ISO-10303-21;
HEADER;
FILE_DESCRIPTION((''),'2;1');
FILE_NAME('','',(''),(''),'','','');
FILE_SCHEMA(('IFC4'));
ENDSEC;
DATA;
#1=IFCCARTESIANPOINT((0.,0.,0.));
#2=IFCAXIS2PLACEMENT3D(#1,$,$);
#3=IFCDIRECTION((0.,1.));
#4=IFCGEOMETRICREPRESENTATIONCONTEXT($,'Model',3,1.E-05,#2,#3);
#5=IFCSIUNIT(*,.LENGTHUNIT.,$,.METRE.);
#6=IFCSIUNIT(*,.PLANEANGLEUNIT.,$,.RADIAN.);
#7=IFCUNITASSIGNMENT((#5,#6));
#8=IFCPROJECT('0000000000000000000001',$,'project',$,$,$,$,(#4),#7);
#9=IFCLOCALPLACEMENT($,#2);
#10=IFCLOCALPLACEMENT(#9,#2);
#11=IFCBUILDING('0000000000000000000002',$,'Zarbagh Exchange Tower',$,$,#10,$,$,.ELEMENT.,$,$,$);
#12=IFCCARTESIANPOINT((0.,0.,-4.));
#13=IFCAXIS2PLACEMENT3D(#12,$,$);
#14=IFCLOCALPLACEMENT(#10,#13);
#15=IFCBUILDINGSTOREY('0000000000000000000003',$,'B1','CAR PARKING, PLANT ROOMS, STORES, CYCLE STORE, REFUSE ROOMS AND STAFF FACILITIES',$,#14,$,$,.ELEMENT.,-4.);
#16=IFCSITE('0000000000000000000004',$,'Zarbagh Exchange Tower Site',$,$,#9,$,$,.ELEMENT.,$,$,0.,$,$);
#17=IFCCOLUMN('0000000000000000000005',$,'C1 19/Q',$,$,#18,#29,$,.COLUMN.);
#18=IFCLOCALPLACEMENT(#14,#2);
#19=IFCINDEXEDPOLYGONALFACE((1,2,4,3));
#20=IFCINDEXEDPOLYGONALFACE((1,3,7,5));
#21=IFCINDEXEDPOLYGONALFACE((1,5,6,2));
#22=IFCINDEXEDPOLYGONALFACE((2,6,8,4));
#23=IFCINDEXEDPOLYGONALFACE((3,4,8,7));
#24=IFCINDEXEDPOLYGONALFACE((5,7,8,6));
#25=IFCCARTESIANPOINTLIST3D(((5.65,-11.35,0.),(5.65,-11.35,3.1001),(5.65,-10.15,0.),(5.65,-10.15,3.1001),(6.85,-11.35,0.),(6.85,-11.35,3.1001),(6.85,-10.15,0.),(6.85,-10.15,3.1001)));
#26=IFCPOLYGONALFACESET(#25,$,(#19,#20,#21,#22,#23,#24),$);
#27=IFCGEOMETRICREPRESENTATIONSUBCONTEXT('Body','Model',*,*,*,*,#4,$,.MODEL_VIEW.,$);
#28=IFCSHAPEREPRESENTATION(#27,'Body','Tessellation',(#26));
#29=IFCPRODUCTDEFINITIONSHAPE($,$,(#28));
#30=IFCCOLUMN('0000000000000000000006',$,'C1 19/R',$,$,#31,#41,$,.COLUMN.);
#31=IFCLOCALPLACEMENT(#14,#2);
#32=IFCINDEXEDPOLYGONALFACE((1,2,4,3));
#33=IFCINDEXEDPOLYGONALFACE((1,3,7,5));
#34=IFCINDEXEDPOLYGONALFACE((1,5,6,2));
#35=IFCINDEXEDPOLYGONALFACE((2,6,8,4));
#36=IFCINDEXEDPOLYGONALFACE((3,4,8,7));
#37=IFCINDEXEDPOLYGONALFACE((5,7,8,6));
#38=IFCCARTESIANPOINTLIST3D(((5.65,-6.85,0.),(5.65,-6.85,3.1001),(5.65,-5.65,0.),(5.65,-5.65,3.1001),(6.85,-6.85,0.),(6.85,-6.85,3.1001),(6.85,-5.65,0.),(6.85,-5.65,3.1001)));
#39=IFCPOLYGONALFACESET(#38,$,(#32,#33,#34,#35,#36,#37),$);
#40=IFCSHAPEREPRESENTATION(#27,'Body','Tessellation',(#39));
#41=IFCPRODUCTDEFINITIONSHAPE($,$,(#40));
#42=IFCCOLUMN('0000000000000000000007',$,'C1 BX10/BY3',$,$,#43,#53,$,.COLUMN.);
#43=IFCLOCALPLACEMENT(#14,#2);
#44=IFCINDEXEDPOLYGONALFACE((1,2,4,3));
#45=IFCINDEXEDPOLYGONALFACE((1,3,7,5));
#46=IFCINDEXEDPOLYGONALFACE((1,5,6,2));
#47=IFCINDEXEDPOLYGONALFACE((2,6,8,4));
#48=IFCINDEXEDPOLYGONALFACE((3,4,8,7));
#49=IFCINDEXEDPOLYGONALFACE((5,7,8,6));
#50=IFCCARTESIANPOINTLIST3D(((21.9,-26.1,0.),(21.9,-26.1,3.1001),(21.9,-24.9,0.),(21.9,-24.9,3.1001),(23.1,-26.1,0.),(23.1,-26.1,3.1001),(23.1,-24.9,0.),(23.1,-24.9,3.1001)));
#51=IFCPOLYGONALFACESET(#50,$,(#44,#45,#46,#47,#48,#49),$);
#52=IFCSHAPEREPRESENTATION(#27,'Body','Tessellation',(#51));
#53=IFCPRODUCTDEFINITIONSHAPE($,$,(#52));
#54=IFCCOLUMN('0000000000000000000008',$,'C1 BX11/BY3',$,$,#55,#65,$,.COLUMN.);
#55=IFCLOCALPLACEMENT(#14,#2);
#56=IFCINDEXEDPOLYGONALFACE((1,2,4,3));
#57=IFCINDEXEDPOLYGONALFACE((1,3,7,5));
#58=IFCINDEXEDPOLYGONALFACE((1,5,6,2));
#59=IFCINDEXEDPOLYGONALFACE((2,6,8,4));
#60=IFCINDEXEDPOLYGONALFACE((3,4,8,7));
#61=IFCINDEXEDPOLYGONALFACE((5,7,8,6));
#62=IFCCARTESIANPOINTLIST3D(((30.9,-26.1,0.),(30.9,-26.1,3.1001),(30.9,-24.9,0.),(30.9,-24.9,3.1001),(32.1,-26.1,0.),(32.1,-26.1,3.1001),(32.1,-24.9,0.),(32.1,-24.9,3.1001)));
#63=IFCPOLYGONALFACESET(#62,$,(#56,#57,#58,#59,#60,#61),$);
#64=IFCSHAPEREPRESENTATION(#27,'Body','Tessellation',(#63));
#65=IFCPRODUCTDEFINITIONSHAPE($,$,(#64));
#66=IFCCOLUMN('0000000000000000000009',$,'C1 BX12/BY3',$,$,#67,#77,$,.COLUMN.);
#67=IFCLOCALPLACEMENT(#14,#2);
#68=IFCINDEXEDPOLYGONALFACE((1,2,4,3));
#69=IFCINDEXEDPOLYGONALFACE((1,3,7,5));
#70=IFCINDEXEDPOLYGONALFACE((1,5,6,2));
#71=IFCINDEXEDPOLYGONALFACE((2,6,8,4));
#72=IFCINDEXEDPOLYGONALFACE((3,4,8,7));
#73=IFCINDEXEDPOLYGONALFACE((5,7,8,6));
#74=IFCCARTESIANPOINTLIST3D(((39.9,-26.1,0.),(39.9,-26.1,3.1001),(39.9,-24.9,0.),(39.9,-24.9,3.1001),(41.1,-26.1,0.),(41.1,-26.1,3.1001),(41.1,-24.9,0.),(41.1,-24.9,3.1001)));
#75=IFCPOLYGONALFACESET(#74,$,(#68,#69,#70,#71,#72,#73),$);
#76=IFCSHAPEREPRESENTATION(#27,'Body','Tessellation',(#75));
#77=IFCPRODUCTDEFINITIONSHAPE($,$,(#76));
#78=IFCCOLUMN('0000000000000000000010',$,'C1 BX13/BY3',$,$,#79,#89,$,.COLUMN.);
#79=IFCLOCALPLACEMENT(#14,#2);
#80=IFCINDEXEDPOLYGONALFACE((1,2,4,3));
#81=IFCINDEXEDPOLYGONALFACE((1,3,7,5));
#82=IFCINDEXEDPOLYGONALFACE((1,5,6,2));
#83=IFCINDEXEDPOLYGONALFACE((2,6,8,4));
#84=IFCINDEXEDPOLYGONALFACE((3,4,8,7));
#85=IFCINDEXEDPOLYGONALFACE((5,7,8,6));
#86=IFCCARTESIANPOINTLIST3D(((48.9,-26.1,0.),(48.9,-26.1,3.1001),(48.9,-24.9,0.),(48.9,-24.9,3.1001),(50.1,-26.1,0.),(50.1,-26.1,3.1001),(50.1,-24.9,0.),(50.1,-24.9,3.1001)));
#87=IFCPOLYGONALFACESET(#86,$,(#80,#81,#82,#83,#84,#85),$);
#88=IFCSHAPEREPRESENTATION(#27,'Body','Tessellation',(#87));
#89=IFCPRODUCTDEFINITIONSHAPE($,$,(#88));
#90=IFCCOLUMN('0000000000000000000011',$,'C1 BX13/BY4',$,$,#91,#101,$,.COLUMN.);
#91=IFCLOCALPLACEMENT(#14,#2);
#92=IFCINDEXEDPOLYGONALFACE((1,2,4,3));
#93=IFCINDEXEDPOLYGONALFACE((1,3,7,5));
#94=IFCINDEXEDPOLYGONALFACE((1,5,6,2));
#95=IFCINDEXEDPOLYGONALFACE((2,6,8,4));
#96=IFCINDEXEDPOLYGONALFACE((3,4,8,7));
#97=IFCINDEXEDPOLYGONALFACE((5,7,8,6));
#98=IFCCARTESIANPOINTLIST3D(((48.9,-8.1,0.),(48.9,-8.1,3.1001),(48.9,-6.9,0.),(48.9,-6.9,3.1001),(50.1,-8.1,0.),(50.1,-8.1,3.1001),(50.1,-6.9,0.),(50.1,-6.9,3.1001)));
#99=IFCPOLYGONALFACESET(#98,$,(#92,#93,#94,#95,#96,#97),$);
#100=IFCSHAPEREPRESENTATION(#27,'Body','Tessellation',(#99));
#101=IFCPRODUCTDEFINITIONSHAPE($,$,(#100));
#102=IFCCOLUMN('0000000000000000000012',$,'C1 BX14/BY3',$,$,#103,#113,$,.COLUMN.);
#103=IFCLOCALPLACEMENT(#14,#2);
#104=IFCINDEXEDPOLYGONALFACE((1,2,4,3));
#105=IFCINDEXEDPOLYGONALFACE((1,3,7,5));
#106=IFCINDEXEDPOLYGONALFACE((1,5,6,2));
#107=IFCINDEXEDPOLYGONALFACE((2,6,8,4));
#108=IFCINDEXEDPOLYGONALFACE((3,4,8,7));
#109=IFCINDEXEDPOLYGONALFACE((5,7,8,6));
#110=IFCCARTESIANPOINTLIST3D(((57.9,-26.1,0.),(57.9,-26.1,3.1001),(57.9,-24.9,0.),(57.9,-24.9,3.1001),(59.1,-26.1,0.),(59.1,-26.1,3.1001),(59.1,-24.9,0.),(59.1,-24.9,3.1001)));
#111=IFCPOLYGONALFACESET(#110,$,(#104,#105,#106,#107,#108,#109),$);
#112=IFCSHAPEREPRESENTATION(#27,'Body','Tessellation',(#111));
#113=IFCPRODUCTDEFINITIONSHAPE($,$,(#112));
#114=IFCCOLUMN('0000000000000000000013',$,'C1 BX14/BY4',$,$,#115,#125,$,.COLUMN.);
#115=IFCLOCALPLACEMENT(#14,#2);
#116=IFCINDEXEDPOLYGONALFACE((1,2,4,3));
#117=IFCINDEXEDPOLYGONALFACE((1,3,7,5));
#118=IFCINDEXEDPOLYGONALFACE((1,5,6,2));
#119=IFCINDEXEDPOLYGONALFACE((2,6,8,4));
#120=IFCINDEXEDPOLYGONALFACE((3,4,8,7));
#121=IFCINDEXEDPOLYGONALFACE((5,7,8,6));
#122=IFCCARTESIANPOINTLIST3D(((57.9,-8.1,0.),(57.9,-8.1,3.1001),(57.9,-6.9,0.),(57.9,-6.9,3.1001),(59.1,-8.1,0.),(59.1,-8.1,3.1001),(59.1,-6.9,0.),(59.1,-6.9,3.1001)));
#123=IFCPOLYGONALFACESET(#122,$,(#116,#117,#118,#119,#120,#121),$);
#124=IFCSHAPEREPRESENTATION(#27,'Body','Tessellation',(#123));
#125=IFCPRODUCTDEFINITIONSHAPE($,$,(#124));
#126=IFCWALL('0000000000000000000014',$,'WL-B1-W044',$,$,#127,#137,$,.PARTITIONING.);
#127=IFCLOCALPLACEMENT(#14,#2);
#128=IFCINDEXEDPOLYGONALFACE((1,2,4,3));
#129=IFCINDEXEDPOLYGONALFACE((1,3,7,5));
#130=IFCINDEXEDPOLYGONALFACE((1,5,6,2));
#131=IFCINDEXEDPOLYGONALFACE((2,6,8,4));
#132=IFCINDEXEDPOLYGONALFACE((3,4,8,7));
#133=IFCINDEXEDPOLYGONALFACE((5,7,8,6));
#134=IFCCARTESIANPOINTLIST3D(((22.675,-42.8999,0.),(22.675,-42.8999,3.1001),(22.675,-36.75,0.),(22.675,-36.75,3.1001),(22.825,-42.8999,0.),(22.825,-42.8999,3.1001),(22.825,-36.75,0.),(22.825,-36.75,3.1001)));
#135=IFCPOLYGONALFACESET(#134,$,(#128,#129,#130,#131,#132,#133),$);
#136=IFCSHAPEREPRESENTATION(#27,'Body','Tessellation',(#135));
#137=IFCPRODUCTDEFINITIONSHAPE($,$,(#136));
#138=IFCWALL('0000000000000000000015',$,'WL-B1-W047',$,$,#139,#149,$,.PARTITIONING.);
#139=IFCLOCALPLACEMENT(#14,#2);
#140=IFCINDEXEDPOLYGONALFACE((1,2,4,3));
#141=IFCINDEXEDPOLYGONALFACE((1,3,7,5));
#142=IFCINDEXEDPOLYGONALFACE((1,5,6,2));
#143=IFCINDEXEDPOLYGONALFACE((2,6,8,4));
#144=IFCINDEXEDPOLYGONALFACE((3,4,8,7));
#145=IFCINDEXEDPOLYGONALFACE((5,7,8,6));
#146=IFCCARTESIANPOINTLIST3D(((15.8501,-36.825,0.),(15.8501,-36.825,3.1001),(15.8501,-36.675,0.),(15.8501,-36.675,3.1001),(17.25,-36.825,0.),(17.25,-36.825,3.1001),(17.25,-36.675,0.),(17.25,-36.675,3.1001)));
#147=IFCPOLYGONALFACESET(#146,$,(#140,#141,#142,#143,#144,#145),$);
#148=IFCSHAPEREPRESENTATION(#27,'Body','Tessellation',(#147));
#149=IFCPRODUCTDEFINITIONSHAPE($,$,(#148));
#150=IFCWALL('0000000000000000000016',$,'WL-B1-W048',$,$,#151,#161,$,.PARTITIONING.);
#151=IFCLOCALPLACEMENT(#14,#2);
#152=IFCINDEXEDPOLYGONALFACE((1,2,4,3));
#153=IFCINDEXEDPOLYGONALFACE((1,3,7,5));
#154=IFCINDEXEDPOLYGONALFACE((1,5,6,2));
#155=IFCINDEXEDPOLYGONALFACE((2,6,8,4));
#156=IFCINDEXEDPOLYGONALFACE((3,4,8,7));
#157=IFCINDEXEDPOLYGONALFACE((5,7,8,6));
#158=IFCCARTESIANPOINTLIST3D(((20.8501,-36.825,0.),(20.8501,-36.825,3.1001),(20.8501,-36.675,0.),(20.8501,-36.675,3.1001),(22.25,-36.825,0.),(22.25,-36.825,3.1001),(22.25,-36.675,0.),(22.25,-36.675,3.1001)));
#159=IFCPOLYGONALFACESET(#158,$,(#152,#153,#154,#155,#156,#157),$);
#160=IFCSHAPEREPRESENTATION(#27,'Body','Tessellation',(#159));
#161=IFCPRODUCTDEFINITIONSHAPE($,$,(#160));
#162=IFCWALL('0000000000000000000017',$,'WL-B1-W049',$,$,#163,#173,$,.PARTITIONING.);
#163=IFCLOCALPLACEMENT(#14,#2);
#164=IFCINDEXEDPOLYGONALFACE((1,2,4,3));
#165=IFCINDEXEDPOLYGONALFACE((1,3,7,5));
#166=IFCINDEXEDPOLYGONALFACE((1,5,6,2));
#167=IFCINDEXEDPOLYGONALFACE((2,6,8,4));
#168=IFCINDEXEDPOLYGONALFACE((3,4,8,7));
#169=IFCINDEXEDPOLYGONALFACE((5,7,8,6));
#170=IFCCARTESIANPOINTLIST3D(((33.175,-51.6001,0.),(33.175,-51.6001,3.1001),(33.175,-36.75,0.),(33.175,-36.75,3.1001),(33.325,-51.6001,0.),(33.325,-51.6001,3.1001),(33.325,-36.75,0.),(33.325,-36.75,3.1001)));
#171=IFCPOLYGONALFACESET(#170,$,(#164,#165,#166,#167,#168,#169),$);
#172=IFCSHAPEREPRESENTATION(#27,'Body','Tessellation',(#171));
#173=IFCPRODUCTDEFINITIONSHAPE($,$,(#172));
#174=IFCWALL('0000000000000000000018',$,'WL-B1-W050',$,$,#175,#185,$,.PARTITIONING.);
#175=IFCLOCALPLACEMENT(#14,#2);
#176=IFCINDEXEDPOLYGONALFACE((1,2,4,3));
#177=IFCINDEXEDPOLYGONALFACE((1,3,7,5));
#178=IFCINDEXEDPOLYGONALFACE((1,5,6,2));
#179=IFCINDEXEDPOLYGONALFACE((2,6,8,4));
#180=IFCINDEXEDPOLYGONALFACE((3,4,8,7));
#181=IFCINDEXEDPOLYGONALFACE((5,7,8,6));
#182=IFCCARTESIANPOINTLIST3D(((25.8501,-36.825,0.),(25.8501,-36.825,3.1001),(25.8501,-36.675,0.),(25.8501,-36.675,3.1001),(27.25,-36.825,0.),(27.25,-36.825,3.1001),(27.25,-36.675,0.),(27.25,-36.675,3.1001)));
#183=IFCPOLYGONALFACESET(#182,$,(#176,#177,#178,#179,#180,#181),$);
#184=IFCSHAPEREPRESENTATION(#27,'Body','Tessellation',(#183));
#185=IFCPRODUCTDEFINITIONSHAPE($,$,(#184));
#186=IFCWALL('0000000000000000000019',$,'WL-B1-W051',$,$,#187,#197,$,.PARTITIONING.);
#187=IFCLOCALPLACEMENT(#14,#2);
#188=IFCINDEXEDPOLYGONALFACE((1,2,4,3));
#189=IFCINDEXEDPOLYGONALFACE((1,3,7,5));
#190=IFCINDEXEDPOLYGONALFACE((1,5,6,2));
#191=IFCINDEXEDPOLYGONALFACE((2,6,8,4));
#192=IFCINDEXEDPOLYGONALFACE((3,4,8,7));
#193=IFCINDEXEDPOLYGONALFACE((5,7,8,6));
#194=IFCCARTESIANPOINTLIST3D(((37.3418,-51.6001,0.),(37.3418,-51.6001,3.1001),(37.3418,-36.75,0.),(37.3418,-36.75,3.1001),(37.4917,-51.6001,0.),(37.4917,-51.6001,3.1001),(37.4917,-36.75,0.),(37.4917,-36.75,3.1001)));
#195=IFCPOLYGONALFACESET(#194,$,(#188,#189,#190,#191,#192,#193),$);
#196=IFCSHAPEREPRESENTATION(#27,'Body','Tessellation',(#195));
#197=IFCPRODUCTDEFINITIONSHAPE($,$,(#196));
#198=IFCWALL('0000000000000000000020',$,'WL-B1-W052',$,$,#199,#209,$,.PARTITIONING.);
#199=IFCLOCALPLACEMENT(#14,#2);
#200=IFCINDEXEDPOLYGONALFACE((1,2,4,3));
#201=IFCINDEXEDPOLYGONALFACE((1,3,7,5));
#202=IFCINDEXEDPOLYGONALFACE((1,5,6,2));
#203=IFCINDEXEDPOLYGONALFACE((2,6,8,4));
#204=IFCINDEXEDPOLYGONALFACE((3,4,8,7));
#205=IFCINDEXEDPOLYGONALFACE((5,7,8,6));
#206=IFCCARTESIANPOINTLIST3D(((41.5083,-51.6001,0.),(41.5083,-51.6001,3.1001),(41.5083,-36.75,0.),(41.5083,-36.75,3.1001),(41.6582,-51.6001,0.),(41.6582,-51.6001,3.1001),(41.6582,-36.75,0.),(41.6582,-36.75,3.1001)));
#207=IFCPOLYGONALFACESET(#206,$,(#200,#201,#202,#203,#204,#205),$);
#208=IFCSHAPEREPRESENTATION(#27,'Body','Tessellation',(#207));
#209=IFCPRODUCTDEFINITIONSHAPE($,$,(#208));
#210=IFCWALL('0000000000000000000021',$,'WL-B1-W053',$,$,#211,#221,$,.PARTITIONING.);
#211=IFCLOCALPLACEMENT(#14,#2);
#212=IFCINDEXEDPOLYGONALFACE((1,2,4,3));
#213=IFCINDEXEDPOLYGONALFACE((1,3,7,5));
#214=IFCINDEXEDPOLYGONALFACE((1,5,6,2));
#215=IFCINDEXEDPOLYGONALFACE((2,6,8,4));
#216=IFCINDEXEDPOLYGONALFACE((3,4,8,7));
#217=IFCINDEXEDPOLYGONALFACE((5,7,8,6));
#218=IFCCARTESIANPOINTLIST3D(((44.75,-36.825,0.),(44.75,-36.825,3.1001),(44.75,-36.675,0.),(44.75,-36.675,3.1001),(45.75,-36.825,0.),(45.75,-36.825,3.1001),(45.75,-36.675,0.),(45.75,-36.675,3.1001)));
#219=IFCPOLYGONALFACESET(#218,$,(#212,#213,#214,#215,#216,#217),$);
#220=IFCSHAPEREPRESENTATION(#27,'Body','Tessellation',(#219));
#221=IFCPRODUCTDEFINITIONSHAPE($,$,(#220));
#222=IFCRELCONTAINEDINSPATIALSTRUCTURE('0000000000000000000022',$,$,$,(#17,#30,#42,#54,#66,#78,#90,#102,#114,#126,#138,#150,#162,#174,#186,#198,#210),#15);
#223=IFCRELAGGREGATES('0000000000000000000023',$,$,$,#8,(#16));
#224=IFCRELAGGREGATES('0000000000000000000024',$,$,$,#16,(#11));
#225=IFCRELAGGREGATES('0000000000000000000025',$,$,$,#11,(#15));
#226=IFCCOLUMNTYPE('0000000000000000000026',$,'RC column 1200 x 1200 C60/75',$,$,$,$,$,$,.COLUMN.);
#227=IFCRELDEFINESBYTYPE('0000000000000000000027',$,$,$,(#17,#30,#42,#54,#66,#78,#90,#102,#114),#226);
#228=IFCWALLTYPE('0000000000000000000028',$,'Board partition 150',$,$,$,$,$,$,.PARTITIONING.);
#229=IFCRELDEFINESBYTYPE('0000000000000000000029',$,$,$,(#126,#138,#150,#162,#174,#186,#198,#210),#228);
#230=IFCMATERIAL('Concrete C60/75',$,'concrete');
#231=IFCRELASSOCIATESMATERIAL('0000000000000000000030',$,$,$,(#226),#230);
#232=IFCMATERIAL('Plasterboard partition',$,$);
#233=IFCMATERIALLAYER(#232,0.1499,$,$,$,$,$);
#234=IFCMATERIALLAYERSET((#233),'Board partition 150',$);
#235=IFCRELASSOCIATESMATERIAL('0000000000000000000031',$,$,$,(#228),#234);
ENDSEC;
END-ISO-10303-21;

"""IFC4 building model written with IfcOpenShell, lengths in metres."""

from ifc_helpers import new_model, si_unit, direction, frame, frame_2d, origin, origin_2d, place, context, subcontext, project, spatial, rectangle, extrude, material, layer, layer_set, material_profile, profile_set, type_object, element, save


model = new_model("IFC4")

# Units and contexts
model_context = context("Model", 3, precision=1e-05, world=origin(), true_north=direction((0.0, 1.0)))
body_context = subcontext(model_context, "Body", "Model", "MODEL_VIEW")
ifc_project = project(units=[si_unit("LENGTHUNIT", "METRE"), si_unit("PLANEANGLEUNIT", "RADIAN")], contexts=[model_context])

# Site, building, storey
site_placement = place(None, origin())
site = spatial("IfcSite", under=ifc_project, at=site_placement, Name="Zarbagh Exchange Tower Site", CompositionType="ELEMENT", RefElevation=0.0)
building_placement = place(site_placement, origin())
building = spatial("IfcBuilding", under=site, at=building_placement, Name="Zarbagh Exchange Tower", CompositionType="ELEMENT")
storey_placement = place(building_placement, frame((0.0, 0.0, -4.0)))
storey = spatial("IfcBuildingStorey", under=building, at=storey_placement, Name="B1", Description="CAR PARKING, PLANT ROOMS, STORES, CYCLE STORE, REFUSE ROOMS AND STAFF FACILITIES", CompositionType="ELEMENT", Elevation=-4.0)

# Columns
ifc_material_1 = material(Name="Concrete C60/75", Category="concrete")
ifc_material_profile = material_profile(ifc_material_1, rectangle(XDim=1.2, YDim=1.2, at=origin_2d()), Name="RC column 1200 x 1200 C60/75")
ifc_profile_set = profile_set([ifc_material_profile], Name="Concrete C60/75")
column_type = type_object("IfcColumnType", Name="RC column 1200 x 1200 C60/75", PredefinedType="COLUMN", material=ifc_profile_set)
for number, where, z_axis, x_axis, name in (
    (1, (6.25, -10.75, 0.0), (0.0, 0.0, 1.0), (1.0, 0.0, 0.0), "C1 19/Q"),
    (2, (6.25, -6.25, 0.0), (0.0, 0.0, 1.0), (1.0, 0.0, 0.0), "C1 19/R"),
    (3, (22.5, -25.5, 0.0), (0.0, 0.0, 1.0), (1.0, 0.0, 0.0), "C1 BX10/BY3"),
    (4, (31.5, -25.5, 0.0), (0.0, 0.0, 1.0), (1.0, 0.0, 0.0), "C1 BX11/BY3"),
    (5, (40.5, -25.5, 0.0), (0.0, 0.0, 1.0), (1.0, 0.0, 0.0), "C1 BX12/BY3"),
    (6, (49.5, -25.5, 0.0), (0.0, 0.0, 1.0), (1.0, 0.0, 0.0), "C1 BX13/BY3"),
    (7, (49.5, -7.5, 0.0), (0.0, 0.0, 1.0), (1.0, 0.0, 0.0), "C1 BX13/BY4"),
    (8, (58.5, -25.5, 0.0), (0.0, 0.0, 1.0), (1.0, 0.0, 0.0), "C1 BX14/BY3"),
    (9, (58.5, -7.5, 0.0), (0.0, 0.0, 1.0), (1.0, 0.0, 0.0), "C1 BX14/BY4"),
):
    element("IfcColumn", number, at=place(storey_placement, frame(where, z_axis=z_axis, x_axis=x_axis)), inside=storey, type_object=column_type, Name=name, PredefinedType="COLUMN", context=body_context, shape_type="SweptSolid", body=[
        extrude(rectangle(XDim=1.2, YDim=1.2, at=origin_2d()), origin(), (0.0, 0.0, 1.0), 3.1001),
    ])

# Walls
ifc_material_2 = material(Name="Plasterboard partition")
ifc_layer = layer(ifc_material_2, 0.1499)
ifc_layer_set = layer_set([ifc_layer], Name="Board partition 150")
wall_type = type_object("IfcWallType", Name="Board partition 150", PredefinedType="PARTITIONING", material=ifc_layer_set)
wall_1_placement = place(storey_placement, frame((22.75, -36.75, 0.0), z_axis=(0.0, 0.0, 1.0), x_axis=(0.0, -1.0, 0.0)))
element("IfcWall", 10, at=wall_1_placement, inside=storey, type_object=wall_type, Name="WL-B1-W044", PredefinedType="PARTITIONING", context=body_context, shape_type="SweptSolid", body=[
    extrude(rectangle(XDim=6.1499, YDim=0.1499, at=frame_2d((3.075, 0.0))), origin(), (0.0, 0.0, 1.0), 3.1001),
])
for number, where, z_axis, x_axis, name in (
    (11, (15.8501, -36.75, 0.0), (0.0, 0.0, 1.0), (1.0, 0.0, 0.0), "WL-B1-W047"),
    (12, (20.8501, -36.75, 0.0), (0.0, 0.0, 1.0), (1.0, 0.0, 0.0), "WL-B1-W048"),
):
    element("IfcWall", number, at=place(storey_placement, frame(where, z_axis=z_axis, x_axis=x_axis)), inside=storey, type_object=wall_type, Name=name, PredefinedType="PARTITIONING", context=body_context, shape_type="SweptSolid", body=[
        extrude(rectangle(XDim=1.3999, YDim=0.1499, at=frame_2d((0.7, 0.0))), origin(), (0.0, 0.0, 1.0), 3.1001),
    ])
wall_2_placement = place(storey_placement, frame((33.25, -36.75, 0.0), z_axis=(0.0, 0.0, 1.0), x_axis=(0.0, -1.0, 0.0)))
element("IfcWall", 13, at=wall_2_placement, inside=storey, type_object=wall_type, Name="WL-B1-W049", PredefinedType="PARTITIONING", context=body_context, shape_type="SweptSolid", body=[
    extrude(rectangle(XDim=14.8501, YDim=0.1499, at=frame_2d((7.425, 0.0))), origin(), (0.0, 0.0, 1.0), 3.1001),
])
wall_3_placement = place(storey_placement, frame((25.8501, -36.75, 0.0), z_axis=(0.0, 0.0, 1.0), x_axis=(1.0, 0.0, 0.0)))
element("IfcWall", 14, at=wall_3_placement, inside=storey, type_object=wall_type, Name="WL-B1-W050", PredefinedType="PARTITIONING", context=body_context, shape_type="SweptSolid", body=[
    extrude(rectangle(XDim=1.3999, YDim=0.1499, at=frame_2d((0.7, 0.0))), origin(), (0.0, 0.0, 1.0), 3.1001),
])
for number, where, z_axis, x_axis, name in (
    (15, (37.4167, -36.75, 0.0), (0.0, 0.0, 1.0), (0.0, -1.0, 0.0), "WL-B1-W051"),
    (16, (41.5833, -36.75, 0.0), (0.0, 0.0, 1.0), (0.0, -1.0, 0.0), "WL-B1-W052"),
):
    element("IfcWall", number, at=place(storey_placement, frame(where, z_axis=z_axis, x_axis=x_axis)), inside=storey, type_object=wall_type, Name=name, PredefinedType="PARTITIONING", context=body_context, shape_type="SweptSolid", body=[
        extrude(rectangle(XDim=14.8501, YDim=0.1499, at=frame_2d((7.425, 0.0))), origin(), (0.0, 0.0, 1.0), 3.1001),
    ])
wall_4_placement = place(storey_placement, frame((44.75, -36.75, 0.0), z_axis=(0.0, 0.0, 1.0), x_axis=(1.0, 0.0, 0.0)))
element("IfcWall", 17, at=wall_4_placement, inside=storey, type_object=wall_type, Name="WL-B1-W053", PredefinedType="PARTITIONING", context=body_context, shape_type="SweptSolid", body=[
    extrude(rectangle(XDim=1.0, YDim=0.1499, at=frame_2d((0.5, 0.0))), origin(), (0.0, 0.0, 1.0), 3.1001),
])

save(model, "model.ifc")
